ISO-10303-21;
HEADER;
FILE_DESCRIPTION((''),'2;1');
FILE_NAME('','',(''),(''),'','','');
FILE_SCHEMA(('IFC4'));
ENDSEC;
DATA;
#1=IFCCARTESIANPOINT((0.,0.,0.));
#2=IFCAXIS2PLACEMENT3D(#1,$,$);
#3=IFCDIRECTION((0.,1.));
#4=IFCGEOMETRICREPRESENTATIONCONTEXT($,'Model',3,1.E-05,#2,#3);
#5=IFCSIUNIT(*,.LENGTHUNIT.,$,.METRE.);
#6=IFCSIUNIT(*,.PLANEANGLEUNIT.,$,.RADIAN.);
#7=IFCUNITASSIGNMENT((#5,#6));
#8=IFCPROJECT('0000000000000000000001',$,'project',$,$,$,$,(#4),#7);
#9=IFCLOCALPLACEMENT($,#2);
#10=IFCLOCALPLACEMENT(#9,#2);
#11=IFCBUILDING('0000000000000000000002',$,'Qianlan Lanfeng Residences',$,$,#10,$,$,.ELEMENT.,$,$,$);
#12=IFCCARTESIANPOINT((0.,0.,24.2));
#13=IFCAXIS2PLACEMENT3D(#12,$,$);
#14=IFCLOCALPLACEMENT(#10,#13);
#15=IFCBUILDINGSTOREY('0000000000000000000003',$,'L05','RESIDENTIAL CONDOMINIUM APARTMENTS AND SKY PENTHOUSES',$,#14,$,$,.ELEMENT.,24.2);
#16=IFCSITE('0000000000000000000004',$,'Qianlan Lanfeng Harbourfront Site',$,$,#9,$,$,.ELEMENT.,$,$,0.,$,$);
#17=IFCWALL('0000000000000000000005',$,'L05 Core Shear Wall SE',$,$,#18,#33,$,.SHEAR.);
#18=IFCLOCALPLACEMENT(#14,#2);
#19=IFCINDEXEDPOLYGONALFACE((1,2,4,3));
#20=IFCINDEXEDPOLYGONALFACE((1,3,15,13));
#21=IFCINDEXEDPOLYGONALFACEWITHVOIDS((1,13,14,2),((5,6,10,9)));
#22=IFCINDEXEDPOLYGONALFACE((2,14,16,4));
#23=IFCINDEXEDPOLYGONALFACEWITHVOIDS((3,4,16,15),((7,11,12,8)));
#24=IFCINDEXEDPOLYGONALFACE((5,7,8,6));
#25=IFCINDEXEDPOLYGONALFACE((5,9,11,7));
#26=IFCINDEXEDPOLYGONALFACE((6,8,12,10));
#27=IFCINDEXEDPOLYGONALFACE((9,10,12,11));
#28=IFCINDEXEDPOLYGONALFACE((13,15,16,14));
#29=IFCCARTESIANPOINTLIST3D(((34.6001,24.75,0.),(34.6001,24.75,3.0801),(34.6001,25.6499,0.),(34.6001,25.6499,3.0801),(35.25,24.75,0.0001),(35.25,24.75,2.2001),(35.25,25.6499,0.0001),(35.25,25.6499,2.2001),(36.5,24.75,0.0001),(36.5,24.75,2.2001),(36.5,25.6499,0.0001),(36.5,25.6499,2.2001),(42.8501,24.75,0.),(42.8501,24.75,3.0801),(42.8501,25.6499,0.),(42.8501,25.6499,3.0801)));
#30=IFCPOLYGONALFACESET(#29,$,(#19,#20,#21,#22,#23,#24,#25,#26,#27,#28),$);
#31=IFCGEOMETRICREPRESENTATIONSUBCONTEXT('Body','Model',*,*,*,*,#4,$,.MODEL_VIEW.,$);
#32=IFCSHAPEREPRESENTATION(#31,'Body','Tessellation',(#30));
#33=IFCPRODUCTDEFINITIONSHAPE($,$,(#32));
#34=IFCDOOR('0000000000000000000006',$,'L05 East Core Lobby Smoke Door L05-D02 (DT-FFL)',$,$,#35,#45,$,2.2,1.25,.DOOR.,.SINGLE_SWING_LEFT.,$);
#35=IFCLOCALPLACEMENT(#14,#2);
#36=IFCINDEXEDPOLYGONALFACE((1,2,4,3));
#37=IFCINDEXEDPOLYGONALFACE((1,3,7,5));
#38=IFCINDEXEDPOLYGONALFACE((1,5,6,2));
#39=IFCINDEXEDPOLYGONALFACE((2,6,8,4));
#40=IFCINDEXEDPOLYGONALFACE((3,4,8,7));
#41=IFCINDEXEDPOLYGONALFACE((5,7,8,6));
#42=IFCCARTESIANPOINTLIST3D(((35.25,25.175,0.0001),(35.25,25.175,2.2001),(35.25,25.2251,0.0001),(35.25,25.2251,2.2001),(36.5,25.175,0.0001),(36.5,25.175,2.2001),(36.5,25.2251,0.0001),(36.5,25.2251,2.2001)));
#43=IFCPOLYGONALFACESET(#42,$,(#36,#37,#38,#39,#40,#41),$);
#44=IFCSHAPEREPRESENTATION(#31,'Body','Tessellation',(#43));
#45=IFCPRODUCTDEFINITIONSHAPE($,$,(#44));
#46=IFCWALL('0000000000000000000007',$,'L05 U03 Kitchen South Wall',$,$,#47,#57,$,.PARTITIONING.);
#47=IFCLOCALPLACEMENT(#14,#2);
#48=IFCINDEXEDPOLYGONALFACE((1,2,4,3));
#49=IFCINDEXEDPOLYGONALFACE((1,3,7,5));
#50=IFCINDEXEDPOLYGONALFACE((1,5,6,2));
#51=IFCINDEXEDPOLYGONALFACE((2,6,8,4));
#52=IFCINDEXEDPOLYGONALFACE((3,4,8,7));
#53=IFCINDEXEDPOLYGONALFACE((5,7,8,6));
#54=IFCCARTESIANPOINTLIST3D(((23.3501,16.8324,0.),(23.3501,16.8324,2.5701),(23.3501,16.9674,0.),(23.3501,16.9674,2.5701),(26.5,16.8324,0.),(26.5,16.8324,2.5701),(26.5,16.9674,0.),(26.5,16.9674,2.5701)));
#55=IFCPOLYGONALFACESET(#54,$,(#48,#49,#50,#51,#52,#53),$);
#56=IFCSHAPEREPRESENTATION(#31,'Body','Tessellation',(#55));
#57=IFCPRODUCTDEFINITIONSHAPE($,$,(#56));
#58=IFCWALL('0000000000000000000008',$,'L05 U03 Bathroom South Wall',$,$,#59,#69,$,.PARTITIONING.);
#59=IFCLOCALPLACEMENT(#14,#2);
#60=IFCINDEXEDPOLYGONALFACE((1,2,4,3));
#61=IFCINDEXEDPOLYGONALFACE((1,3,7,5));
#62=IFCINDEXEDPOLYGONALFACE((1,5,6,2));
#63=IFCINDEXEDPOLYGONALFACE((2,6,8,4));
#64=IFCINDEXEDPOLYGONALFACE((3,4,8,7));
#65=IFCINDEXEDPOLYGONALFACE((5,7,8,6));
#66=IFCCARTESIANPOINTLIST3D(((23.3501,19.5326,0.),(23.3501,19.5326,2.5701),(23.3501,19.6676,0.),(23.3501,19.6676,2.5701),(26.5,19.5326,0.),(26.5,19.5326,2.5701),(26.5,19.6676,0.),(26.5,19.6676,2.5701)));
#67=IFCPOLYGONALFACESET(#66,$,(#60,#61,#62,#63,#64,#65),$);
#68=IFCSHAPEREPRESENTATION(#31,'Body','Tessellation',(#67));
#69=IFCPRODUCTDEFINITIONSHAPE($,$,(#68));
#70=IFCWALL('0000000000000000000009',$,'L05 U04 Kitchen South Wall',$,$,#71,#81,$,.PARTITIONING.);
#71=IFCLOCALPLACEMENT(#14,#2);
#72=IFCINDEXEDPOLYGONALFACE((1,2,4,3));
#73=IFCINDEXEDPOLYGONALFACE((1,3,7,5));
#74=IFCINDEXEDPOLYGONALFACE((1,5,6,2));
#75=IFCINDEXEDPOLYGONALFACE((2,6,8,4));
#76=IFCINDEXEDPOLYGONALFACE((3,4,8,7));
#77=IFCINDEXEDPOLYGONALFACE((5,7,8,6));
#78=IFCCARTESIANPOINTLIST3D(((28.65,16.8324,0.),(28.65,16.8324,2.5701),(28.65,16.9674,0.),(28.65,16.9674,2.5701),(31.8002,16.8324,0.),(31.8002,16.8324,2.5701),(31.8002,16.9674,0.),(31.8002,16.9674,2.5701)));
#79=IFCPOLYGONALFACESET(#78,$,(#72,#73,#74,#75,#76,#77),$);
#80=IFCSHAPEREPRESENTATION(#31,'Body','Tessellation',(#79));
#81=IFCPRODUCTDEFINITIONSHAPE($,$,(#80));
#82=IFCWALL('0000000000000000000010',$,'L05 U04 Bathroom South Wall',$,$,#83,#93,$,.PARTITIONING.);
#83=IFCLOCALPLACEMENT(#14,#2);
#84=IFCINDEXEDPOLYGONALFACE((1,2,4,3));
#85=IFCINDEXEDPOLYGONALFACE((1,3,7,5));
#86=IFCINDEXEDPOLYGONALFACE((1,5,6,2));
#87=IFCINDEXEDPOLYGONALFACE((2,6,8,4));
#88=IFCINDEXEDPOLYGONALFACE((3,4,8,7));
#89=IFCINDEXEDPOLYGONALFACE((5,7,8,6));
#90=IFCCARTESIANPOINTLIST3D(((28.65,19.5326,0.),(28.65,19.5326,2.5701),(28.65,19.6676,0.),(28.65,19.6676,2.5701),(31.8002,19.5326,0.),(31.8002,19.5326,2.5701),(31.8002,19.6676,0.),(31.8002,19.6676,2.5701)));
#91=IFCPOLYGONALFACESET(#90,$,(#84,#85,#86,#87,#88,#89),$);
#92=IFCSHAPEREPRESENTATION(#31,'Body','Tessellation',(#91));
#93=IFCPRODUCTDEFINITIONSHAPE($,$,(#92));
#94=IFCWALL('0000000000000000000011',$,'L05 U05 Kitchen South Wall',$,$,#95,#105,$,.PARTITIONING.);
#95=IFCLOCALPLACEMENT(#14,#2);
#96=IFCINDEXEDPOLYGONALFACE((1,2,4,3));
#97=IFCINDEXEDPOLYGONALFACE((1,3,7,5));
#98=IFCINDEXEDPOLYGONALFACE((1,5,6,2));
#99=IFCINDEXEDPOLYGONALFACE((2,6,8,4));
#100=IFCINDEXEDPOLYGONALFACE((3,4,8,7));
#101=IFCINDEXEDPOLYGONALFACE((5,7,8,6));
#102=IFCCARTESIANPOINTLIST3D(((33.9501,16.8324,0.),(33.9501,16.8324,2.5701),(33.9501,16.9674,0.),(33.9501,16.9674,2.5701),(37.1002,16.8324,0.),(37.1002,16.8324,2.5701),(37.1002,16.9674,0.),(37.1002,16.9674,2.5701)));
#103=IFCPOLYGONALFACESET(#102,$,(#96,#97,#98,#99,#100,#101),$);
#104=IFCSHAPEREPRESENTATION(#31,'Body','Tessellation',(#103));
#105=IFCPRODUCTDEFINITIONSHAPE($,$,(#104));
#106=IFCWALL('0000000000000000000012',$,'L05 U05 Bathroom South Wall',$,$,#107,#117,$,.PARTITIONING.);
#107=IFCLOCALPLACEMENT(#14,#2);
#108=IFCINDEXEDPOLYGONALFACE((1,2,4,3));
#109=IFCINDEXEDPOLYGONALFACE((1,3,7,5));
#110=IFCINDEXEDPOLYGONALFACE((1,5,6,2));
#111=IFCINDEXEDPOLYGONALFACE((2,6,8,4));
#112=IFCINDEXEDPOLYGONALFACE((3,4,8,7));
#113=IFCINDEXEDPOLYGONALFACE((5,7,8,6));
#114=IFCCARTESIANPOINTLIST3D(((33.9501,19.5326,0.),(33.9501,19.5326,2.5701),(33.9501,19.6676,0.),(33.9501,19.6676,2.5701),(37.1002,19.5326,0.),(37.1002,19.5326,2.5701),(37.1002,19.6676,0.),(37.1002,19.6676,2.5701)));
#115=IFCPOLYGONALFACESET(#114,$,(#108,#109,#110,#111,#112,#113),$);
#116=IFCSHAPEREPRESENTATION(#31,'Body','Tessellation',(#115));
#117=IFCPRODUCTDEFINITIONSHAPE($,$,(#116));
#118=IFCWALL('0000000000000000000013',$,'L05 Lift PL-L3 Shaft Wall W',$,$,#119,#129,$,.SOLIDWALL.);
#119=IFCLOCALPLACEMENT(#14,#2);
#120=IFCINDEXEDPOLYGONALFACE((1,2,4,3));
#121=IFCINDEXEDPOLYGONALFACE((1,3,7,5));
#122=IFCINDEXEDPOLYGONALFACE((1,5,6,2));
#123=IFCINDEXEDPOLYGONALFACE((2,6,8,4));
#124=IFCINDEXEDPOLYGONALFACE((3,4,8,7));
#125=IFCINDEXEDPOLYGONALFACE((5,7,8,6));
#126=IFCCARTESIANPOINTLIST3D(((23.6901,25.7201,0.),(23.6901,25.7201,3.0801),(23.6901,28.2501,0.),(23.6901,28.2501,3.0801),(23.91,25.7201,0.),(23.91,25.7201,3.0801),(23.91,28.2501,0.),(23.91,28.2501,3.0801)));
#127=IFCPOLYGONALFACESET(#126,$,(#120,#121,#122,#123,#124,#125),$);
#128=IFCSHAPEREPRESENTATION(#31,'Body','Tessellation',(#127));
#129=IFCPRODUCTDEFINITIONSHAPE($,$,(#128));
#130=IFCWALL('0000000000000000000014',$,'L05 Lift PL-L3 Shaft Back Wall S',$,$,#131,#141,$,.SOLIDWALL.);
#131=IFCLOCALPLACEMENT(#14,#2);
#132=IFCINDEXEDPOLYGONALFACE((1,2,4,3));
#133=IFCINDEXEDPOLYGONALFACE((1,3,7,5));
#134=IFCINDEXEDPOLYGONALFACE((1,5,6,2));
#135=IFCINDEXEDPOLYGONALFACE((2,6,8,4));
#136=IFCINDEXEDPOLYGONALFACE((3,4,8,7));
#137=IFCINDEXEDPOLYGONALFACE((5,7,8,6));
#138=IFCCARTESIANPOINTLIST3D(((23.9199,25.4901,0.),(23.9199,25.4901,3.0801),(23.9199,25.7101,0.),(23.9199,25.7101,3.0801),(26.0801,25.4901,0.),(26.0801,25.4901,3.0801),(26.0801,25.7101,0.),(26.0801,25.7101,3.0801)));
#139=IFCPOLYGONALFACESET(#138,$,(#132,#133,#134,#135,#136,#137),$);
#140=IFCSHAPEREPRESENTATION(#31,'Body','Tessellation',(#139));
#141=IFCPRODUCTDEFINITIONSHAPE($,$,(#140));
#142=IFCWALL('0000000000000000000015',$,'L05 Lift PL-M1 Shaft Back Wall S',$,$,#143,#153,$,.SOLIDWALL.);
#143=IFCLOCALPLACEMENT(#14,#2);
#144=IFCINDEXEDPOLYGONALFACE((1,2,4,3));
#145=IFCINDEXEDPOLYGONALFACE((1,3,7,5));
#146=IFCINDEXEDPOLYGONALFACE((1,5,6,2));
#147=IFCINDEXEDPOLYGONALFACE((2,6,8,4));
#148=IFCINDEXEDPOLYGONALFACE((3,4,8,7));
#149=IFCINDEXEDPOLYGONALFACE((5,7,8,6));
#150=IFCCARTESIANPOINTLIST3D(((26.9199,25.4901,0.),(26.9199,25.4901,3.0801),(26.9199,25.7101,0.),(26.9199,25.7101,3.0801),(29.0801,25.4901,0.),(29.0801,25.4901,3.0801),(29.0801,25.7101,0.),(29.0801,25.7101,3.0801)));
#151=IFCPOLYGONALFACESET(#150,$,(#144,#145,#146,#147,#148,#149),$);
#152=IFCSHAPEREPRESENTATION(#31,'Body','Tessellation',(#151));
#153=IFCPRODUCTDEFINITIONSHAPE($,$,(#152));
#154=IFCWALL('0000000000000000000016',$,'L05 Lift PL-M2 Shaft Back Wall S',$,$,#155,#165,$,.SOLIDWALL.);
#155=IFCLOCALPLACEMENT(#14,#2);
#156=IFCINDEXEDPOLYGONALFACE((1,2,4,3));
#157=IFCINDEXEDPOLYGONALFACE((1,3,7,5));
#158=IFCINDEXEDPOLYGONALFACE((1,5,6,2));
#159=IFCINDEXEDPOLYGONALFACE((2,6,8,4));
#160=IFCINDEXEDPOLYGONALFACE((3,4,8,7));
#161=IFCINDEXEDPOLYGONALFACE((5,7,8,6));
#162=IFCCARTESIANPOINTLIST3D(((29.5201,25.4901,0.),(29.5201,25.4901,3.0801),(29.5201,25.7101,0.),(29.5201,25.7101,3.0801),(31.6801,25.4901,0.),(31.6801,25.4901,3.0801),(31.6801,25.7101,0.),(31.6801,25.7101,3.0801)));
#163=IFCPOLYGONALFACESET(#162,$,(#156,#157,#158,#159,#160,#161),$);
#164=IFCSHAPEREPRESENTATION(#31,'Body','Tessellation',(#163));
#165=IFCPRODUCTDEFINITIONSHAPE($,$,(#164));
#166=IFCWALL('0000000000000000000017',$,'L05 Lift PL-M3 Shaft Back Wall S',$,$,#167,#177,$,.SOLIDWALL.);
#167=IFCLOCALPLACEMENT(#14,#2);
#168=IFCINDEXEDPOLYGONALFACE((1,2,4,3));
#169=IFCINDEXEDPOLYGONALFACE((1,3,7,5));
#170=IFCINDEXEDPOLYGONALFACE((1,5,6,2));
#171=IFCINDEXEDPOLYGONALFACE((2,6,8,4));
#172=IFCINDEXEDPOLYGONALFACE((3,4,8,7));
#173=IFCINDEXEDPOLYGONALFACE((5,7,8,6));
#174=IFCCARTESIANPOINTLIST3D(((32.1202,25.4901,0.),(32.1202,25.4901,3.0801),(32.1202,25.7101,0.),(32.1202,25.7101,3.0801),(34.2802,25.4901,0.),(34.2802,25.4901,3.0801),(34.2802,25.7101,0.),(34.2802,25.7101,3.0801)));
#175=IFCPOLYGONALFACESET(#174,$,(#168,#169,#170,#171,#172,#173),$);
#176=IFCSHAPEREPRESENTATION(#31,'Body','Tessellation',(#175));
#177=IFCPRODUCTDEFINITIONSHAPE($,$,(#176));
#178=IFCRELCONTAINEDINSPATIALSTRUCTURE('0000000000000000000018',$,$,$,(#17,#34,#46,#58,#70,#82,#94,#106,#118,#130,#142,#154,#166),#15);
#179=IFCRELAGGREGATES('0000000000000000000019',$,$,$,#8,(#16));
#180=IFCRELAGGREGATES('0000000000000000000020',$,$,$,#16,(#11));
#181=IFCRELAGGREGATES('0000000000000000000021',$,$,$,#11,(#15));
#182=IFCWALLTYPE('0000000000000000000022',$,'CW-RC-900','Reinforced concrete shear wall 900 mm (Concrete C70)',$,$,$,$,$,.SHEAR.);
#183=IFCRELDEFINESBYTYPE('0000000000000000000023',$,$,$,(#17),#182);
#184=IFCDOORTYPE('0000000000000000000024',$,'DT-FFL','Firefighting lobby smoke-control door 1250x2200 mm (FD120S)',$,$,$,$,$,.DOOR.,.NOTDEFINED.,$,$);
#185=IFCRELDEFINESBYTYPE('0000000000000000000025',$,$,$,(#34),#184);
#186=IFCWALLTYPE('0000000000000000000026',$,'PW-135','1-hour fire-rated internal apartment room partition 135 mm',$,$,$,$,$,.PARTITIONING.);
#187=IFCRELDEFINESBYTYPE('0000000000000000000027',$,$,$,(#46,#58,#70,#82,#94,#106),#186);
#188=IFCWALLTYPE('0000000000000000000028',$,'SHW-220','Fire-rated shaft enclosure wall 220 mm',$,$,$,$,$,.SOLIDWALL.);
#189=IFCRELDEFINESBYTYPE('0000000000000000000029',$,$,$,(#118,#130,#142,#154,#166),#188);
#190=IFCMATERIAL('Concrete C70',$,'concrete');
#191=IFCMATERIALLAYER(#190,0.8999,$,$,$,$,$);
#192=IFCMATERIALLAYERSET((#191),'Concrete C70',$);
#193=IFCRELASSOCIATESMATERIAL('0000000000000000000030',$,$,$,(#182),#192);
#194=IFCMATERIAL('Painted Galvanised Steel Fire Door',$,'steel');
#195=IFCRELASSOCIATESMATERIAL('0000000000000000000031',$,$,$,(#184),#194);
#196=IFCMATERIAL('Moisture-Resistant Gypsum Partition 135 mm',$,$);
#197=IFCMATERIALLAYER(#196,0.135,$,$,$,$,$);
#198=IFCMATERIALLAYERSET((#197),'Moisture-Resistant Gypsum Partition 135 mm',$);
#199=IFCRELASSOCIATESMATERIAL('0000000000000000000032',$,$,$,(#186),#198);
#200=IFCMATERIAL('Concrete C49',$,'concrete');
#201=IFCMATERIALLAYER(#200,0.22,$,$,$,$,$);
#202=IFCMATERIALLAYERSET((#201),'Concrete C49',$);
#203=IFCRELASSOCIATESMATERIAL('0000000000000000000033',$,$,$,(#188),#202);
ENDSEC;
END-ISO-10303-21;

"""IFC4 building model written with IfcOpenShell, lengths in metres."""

from ifc_helpers import new_model, si_unit, direction, frame, frame_2d, origin, place, context, subcontext, project, spatial, rectangle, extrude, material, layer, layer_set, type_object, element, fill, save


model = new_model("IFC4")

# Units and contexts
model_context = context("Model", 3, precision=1e-05, world=origin(), true_north=direction((0.0, 1.0)))
body_context = subcontext(model_context, "Body", "Model", "MODEL_VIEW")
ifc_project = project(units=[si_unit("LENGTHUNIT", "METRE"), si_unit("PLANEANGLEUNIT", "RADIAN")], contexts=[model_context])

# Site, building, storey
site_placement = place(None, origin())
site = spatial("IfcSite", under=ifc_project, at=site_placement, Name="Qianlan Lanfeng Harbourfront Site", CompositionType="ELEMENT", RefElevation=0.0)
building_placement = place(site_placement, origin())
building = spatial("IfcBuilding", under=site, at=building_placement, Name="Qianlan Lanfeng Residences", CompositionType="ELEMENT")
storey_placement = place(building_placement, frame((0.0, 0.0, 24.2)))
storey = spatial("IfcBuildingStorey", under=building, at=storey_placement, Name="L05", Description="RESIDENTIAL CONDOMINIUM APARTMENTS AND SKY PENTHOUSES", CompositionType="ELEMENT", Elevation=24.2)

# Wall, opening, door
ifc_material_1 = material(Name="Concrete C70", Category="concrete")
ifc_layer_1 = layer(ifc_material_1, 0.8999)
ifc_layer_set_1 = layer_set([ifc_layer_1], Name="Concrete C70")
wall_type_1 = type_object("IfcWallType", Name="CW-RC-900", Description="Reinforced concrete shear wall 900 mm (Concrete C70)", PredefinedType="SHEAR", material=ifc_layer_set_1)
wall_1_placement = place(storey_placement, frame((34.6001, 25.2, 0.0), z_axis=(0.0, 0.0, 1.0), x_axis=(1.0, 0.0, 0.0)))
wall_1 = element("IfcWall", 1, at=wall_1_placement, inside=storey, type_object=wall_type_1, Name="L05 Core Shear Wall SE", PredefinedType="SHEAR", context=body_context, shape_type="SweptSolid", body=[
    extrude(rectangle(XDim=8.25, YDim=0.8999, at=frame_2d((4.125, 0.0))), origin(), (0.0, 0.0, 1.0), 3.0801),
])
opening_1_placement = place(wall_1_placement, frame((0.6499, 0.0, 0.0)))
opening_1 = element("IfcOpeningElement", 2, at=opening_1_placement, cuts=wall_1, PredefinedType="OPENING", context=body_context, shape_type="SweptSolid", body=[
    extrude(rectangle(XDim=1.25, YDim=2.2, at=frame_2d((0.625, 1.1001))), frame((0.0, 0.46, 0.0), z_axis=(0.0, -1.0, 0.0), x_axis=(1.0, 0.0, 0.0)), (0.0, 0.0, 1.0), 0.9199),
])
ifc_material_2 = material(Name="Painted Galvanised Steel Fire Door", Category="steel")
door_type_1 = type_object("IfcDoorType", Name="DT-FFL", Description="Firefighting lobby smoke-control door 1250x2200 mm (FD120S)", OperationType="NOTDEFINED", PredefinedType="DOOR", material=ifc_material_2)
door_1_placement = place(opening_1_placement, frame((1.25, 0.0, 0.0), z_axis=(0.0, 0.0, 1.0), x_axis=(-1.0, 0.0, 0.0)))
door_1 = element("IfcDoor", 3, at=door_1_placement, inside=storey, type_object=door_type_1, Name="L05 East Core Lobby Smoke Door L05-D02 (DT-FFL)", OperationType="SINGLE_SWING_LEFT", OverallHeight=2.2, OverallWidth=1.25, PredefinedType="DOOR", context=body_context, shape_type="SweptSolid", body=[
    extrude(rectangle(XDim=1.25, YDim=2.2, at=frame_2d((0.625, 1.1001))), frame((0.0, 0.0249, 0.0), z_axis=(0.0, -1.0, 0.0), x_axis=(1.0, 0.0, 0.0)), (0.0, 0.0, 1.0), 0.05),
])
fill(opening_1, door_1)

# Walls
ifc_material_3 = material(Name="Moisture-Resistant Gypsum Partition 135 mm")
ifc_layer_2 = layer(ifc_material_3, 0.135)
ifc_layer_set_2 = layer_set([ifc_layer_2], Name="Moisture-Resistant Gypsum Partition 135 mm")
wall_type_2 = type_object("IfcWallType", Name="PW-135", Description="1-hour fire-rated internal apartment room partition 135 mm", PredefinedType="PARTITIONING", material=ifc_layer_set_2)
for number, where, z_axis, x_axis, name in (
    (4, (23.3501, 16.8999, 0.0), (0.0, 0.0, 1.0), (1.0, 0.0, 0.0), "L05 U03 Kitchen South Wall"),
    (5, (23.3501, 19.6001, 0.0), (0.0, 0.0, 1.0), (1.0, 0.0, 0.0), "L05 U03 Bathroom South Wall"),
):
    element("IfcWall", number, at=place(storey_placement, frame(where, z_axis=z_axis, x_axis=x_axis)), inside=storey, type_object=wall_type_2, Name=name, PredefinedType="PARTITIONING", context=body_context, shape_type="SweptSolid", body=[
        extrude(rectangle(XDim=3.1499, YDim=0.135, at=frame_2d((1.575, 0.0))), origin(), (0.0, 0.0, 1.0), 2.5701),
    ])
for number, where, z_axis, x_axis, name in (
    (6, (28.6499, 16.8999, 0.0), (0.0, 0.0, 1.0), (1.0, 0.0, 0.0), "L05 U04 Kitchen South Wall"),
    (7, (28.6499, 19.6001, 0.0), (0.0, 0.0, 1.0), (1.0, 0.0, 0.0), "L05 U04 Bathroom South Wall"),
    (8, (33.95, 16.8999, 0.0), (0.0, 0.0, 1.0), (1.0, 0.0, 0.0), "L05 U05 Kitchen South Wall"),
    (9, (33.95, 19.6001, 0.0), (0.0, 0.0, 1.0), (1.0, 0.0, 0.0), "L05 U05 Bathroom South Wall"),
):
    element("IfcWall", number, at=place(storey_placement, frame(where, z_axis=z_axis, x_axis=x_axis)), inside=storey, type_object=wall_type_2, Name=name, PredefinedType="PARTITIONING", context=body_context, shape_type="SweptSolid", body=[
        extrude(rectangle(XDim=3.1501, YDim=0.135, at=frame_2d((1.5752, 0.0))), origin(), (0.0, 0.0, 1.0), 2.5701),
    ])

# Walls
ifc_material_4 = material(Name="Concrete C49", Category="concrete")
ifc_layer_3 = layer(ifc_material_4, 0.22)
ifc_layer_set_3 = layer_set([ifc_layer_3], Name="Concrete C49")
wall_type_3 = type_object("IfcWallType", Name="SHW-220", Description="Fire-rated shaft enclosure wall 220 mm", PredefinedType="SOLIDWALL", material=ifc_layer_set_3)
wall_2_placement = place(storey_placement, frame((23.8, 25.72, 0.0), z_axis=(0.0, 0.0, 1.0), x_axis=(0.0, 1.0, 0.0)))
element("IfcWall", 10, at=wall_2_placement, inside=storey, type_object=wall_type_3, Name="L05 Lift PL-L3 Shaft Wall W", PredefinedType="SOLIDWALL", context=body_context, shape_type="SweptSolid", body=[
    extrude(rectangle(XDim=2.53, YDim=0.22, at=frame_2d((1.2651, 0.0))), origin(), (0.0, 0.0, 1.0), 3.0801),
])
for number, where, z_axis, x_axis, name in (
    (11, (23.9199, 25.6001, 0.0), (0.0, 0.0, 1.0), (1.0, 0.0, 0.0), "L05 Lift PL-L3 Shaft Back Wall S"),
    (12, (26.9199, 25.6001, 0.0), (0.0, 0.0, 1.0), (1.0, 0.0, 0.0), "L05 Lift PL-M1 Shaft Back Wall S"),
):
    element("IfcWall", number, at=place(storey_placement, frame(where, z_axis=z_axis, x_axis=x_axis)), inside=storey, type_object=wall_type_3, Name=name, PredefinedType="SOLIDWALL", context=body_context, shape_type="SweptSolid", body=[
        extrude(rectangle(XDim=2.1602, YDim=0.22, at=frame_2d((1.0801, 0.0))), origin(), (0.0, 0.0, 1.0), 3.0801),
    ])
for number, where, z_axis, x_axis, name in (
    (13, (29.52, 25.6001, 0.0), (0.0, 0.0, 1.0), (1.0, 0.0, 0.0), "L05 Lift PL-M2 Shaft Back Wall S"),
    (14, (32.1201, 25.6001, 0.0), (0.0, 0.0, 1.0), (1.0, 0.0, 0.0), "L05 Lift PL-M3 Shaft Back Wall S"),
):
    element("IfcWall", number, at=place(storey_placement, frame(where, z_axis=z_axis, x_axis=x_axis)), inside=storey, type_object=wall_type_3, Name=name, PredefinedType="SOLIDWALL", context=body_context, shape_type="SweptSolid", body=[
        extrude(rectangle(XDim=2.1599, YDim=0.22, at=frame_2d((1.0801, 0.0))), origin(), (0.0, 0.0, 1.0), 3.0801),
    ])

save(model, "model.ifc")
